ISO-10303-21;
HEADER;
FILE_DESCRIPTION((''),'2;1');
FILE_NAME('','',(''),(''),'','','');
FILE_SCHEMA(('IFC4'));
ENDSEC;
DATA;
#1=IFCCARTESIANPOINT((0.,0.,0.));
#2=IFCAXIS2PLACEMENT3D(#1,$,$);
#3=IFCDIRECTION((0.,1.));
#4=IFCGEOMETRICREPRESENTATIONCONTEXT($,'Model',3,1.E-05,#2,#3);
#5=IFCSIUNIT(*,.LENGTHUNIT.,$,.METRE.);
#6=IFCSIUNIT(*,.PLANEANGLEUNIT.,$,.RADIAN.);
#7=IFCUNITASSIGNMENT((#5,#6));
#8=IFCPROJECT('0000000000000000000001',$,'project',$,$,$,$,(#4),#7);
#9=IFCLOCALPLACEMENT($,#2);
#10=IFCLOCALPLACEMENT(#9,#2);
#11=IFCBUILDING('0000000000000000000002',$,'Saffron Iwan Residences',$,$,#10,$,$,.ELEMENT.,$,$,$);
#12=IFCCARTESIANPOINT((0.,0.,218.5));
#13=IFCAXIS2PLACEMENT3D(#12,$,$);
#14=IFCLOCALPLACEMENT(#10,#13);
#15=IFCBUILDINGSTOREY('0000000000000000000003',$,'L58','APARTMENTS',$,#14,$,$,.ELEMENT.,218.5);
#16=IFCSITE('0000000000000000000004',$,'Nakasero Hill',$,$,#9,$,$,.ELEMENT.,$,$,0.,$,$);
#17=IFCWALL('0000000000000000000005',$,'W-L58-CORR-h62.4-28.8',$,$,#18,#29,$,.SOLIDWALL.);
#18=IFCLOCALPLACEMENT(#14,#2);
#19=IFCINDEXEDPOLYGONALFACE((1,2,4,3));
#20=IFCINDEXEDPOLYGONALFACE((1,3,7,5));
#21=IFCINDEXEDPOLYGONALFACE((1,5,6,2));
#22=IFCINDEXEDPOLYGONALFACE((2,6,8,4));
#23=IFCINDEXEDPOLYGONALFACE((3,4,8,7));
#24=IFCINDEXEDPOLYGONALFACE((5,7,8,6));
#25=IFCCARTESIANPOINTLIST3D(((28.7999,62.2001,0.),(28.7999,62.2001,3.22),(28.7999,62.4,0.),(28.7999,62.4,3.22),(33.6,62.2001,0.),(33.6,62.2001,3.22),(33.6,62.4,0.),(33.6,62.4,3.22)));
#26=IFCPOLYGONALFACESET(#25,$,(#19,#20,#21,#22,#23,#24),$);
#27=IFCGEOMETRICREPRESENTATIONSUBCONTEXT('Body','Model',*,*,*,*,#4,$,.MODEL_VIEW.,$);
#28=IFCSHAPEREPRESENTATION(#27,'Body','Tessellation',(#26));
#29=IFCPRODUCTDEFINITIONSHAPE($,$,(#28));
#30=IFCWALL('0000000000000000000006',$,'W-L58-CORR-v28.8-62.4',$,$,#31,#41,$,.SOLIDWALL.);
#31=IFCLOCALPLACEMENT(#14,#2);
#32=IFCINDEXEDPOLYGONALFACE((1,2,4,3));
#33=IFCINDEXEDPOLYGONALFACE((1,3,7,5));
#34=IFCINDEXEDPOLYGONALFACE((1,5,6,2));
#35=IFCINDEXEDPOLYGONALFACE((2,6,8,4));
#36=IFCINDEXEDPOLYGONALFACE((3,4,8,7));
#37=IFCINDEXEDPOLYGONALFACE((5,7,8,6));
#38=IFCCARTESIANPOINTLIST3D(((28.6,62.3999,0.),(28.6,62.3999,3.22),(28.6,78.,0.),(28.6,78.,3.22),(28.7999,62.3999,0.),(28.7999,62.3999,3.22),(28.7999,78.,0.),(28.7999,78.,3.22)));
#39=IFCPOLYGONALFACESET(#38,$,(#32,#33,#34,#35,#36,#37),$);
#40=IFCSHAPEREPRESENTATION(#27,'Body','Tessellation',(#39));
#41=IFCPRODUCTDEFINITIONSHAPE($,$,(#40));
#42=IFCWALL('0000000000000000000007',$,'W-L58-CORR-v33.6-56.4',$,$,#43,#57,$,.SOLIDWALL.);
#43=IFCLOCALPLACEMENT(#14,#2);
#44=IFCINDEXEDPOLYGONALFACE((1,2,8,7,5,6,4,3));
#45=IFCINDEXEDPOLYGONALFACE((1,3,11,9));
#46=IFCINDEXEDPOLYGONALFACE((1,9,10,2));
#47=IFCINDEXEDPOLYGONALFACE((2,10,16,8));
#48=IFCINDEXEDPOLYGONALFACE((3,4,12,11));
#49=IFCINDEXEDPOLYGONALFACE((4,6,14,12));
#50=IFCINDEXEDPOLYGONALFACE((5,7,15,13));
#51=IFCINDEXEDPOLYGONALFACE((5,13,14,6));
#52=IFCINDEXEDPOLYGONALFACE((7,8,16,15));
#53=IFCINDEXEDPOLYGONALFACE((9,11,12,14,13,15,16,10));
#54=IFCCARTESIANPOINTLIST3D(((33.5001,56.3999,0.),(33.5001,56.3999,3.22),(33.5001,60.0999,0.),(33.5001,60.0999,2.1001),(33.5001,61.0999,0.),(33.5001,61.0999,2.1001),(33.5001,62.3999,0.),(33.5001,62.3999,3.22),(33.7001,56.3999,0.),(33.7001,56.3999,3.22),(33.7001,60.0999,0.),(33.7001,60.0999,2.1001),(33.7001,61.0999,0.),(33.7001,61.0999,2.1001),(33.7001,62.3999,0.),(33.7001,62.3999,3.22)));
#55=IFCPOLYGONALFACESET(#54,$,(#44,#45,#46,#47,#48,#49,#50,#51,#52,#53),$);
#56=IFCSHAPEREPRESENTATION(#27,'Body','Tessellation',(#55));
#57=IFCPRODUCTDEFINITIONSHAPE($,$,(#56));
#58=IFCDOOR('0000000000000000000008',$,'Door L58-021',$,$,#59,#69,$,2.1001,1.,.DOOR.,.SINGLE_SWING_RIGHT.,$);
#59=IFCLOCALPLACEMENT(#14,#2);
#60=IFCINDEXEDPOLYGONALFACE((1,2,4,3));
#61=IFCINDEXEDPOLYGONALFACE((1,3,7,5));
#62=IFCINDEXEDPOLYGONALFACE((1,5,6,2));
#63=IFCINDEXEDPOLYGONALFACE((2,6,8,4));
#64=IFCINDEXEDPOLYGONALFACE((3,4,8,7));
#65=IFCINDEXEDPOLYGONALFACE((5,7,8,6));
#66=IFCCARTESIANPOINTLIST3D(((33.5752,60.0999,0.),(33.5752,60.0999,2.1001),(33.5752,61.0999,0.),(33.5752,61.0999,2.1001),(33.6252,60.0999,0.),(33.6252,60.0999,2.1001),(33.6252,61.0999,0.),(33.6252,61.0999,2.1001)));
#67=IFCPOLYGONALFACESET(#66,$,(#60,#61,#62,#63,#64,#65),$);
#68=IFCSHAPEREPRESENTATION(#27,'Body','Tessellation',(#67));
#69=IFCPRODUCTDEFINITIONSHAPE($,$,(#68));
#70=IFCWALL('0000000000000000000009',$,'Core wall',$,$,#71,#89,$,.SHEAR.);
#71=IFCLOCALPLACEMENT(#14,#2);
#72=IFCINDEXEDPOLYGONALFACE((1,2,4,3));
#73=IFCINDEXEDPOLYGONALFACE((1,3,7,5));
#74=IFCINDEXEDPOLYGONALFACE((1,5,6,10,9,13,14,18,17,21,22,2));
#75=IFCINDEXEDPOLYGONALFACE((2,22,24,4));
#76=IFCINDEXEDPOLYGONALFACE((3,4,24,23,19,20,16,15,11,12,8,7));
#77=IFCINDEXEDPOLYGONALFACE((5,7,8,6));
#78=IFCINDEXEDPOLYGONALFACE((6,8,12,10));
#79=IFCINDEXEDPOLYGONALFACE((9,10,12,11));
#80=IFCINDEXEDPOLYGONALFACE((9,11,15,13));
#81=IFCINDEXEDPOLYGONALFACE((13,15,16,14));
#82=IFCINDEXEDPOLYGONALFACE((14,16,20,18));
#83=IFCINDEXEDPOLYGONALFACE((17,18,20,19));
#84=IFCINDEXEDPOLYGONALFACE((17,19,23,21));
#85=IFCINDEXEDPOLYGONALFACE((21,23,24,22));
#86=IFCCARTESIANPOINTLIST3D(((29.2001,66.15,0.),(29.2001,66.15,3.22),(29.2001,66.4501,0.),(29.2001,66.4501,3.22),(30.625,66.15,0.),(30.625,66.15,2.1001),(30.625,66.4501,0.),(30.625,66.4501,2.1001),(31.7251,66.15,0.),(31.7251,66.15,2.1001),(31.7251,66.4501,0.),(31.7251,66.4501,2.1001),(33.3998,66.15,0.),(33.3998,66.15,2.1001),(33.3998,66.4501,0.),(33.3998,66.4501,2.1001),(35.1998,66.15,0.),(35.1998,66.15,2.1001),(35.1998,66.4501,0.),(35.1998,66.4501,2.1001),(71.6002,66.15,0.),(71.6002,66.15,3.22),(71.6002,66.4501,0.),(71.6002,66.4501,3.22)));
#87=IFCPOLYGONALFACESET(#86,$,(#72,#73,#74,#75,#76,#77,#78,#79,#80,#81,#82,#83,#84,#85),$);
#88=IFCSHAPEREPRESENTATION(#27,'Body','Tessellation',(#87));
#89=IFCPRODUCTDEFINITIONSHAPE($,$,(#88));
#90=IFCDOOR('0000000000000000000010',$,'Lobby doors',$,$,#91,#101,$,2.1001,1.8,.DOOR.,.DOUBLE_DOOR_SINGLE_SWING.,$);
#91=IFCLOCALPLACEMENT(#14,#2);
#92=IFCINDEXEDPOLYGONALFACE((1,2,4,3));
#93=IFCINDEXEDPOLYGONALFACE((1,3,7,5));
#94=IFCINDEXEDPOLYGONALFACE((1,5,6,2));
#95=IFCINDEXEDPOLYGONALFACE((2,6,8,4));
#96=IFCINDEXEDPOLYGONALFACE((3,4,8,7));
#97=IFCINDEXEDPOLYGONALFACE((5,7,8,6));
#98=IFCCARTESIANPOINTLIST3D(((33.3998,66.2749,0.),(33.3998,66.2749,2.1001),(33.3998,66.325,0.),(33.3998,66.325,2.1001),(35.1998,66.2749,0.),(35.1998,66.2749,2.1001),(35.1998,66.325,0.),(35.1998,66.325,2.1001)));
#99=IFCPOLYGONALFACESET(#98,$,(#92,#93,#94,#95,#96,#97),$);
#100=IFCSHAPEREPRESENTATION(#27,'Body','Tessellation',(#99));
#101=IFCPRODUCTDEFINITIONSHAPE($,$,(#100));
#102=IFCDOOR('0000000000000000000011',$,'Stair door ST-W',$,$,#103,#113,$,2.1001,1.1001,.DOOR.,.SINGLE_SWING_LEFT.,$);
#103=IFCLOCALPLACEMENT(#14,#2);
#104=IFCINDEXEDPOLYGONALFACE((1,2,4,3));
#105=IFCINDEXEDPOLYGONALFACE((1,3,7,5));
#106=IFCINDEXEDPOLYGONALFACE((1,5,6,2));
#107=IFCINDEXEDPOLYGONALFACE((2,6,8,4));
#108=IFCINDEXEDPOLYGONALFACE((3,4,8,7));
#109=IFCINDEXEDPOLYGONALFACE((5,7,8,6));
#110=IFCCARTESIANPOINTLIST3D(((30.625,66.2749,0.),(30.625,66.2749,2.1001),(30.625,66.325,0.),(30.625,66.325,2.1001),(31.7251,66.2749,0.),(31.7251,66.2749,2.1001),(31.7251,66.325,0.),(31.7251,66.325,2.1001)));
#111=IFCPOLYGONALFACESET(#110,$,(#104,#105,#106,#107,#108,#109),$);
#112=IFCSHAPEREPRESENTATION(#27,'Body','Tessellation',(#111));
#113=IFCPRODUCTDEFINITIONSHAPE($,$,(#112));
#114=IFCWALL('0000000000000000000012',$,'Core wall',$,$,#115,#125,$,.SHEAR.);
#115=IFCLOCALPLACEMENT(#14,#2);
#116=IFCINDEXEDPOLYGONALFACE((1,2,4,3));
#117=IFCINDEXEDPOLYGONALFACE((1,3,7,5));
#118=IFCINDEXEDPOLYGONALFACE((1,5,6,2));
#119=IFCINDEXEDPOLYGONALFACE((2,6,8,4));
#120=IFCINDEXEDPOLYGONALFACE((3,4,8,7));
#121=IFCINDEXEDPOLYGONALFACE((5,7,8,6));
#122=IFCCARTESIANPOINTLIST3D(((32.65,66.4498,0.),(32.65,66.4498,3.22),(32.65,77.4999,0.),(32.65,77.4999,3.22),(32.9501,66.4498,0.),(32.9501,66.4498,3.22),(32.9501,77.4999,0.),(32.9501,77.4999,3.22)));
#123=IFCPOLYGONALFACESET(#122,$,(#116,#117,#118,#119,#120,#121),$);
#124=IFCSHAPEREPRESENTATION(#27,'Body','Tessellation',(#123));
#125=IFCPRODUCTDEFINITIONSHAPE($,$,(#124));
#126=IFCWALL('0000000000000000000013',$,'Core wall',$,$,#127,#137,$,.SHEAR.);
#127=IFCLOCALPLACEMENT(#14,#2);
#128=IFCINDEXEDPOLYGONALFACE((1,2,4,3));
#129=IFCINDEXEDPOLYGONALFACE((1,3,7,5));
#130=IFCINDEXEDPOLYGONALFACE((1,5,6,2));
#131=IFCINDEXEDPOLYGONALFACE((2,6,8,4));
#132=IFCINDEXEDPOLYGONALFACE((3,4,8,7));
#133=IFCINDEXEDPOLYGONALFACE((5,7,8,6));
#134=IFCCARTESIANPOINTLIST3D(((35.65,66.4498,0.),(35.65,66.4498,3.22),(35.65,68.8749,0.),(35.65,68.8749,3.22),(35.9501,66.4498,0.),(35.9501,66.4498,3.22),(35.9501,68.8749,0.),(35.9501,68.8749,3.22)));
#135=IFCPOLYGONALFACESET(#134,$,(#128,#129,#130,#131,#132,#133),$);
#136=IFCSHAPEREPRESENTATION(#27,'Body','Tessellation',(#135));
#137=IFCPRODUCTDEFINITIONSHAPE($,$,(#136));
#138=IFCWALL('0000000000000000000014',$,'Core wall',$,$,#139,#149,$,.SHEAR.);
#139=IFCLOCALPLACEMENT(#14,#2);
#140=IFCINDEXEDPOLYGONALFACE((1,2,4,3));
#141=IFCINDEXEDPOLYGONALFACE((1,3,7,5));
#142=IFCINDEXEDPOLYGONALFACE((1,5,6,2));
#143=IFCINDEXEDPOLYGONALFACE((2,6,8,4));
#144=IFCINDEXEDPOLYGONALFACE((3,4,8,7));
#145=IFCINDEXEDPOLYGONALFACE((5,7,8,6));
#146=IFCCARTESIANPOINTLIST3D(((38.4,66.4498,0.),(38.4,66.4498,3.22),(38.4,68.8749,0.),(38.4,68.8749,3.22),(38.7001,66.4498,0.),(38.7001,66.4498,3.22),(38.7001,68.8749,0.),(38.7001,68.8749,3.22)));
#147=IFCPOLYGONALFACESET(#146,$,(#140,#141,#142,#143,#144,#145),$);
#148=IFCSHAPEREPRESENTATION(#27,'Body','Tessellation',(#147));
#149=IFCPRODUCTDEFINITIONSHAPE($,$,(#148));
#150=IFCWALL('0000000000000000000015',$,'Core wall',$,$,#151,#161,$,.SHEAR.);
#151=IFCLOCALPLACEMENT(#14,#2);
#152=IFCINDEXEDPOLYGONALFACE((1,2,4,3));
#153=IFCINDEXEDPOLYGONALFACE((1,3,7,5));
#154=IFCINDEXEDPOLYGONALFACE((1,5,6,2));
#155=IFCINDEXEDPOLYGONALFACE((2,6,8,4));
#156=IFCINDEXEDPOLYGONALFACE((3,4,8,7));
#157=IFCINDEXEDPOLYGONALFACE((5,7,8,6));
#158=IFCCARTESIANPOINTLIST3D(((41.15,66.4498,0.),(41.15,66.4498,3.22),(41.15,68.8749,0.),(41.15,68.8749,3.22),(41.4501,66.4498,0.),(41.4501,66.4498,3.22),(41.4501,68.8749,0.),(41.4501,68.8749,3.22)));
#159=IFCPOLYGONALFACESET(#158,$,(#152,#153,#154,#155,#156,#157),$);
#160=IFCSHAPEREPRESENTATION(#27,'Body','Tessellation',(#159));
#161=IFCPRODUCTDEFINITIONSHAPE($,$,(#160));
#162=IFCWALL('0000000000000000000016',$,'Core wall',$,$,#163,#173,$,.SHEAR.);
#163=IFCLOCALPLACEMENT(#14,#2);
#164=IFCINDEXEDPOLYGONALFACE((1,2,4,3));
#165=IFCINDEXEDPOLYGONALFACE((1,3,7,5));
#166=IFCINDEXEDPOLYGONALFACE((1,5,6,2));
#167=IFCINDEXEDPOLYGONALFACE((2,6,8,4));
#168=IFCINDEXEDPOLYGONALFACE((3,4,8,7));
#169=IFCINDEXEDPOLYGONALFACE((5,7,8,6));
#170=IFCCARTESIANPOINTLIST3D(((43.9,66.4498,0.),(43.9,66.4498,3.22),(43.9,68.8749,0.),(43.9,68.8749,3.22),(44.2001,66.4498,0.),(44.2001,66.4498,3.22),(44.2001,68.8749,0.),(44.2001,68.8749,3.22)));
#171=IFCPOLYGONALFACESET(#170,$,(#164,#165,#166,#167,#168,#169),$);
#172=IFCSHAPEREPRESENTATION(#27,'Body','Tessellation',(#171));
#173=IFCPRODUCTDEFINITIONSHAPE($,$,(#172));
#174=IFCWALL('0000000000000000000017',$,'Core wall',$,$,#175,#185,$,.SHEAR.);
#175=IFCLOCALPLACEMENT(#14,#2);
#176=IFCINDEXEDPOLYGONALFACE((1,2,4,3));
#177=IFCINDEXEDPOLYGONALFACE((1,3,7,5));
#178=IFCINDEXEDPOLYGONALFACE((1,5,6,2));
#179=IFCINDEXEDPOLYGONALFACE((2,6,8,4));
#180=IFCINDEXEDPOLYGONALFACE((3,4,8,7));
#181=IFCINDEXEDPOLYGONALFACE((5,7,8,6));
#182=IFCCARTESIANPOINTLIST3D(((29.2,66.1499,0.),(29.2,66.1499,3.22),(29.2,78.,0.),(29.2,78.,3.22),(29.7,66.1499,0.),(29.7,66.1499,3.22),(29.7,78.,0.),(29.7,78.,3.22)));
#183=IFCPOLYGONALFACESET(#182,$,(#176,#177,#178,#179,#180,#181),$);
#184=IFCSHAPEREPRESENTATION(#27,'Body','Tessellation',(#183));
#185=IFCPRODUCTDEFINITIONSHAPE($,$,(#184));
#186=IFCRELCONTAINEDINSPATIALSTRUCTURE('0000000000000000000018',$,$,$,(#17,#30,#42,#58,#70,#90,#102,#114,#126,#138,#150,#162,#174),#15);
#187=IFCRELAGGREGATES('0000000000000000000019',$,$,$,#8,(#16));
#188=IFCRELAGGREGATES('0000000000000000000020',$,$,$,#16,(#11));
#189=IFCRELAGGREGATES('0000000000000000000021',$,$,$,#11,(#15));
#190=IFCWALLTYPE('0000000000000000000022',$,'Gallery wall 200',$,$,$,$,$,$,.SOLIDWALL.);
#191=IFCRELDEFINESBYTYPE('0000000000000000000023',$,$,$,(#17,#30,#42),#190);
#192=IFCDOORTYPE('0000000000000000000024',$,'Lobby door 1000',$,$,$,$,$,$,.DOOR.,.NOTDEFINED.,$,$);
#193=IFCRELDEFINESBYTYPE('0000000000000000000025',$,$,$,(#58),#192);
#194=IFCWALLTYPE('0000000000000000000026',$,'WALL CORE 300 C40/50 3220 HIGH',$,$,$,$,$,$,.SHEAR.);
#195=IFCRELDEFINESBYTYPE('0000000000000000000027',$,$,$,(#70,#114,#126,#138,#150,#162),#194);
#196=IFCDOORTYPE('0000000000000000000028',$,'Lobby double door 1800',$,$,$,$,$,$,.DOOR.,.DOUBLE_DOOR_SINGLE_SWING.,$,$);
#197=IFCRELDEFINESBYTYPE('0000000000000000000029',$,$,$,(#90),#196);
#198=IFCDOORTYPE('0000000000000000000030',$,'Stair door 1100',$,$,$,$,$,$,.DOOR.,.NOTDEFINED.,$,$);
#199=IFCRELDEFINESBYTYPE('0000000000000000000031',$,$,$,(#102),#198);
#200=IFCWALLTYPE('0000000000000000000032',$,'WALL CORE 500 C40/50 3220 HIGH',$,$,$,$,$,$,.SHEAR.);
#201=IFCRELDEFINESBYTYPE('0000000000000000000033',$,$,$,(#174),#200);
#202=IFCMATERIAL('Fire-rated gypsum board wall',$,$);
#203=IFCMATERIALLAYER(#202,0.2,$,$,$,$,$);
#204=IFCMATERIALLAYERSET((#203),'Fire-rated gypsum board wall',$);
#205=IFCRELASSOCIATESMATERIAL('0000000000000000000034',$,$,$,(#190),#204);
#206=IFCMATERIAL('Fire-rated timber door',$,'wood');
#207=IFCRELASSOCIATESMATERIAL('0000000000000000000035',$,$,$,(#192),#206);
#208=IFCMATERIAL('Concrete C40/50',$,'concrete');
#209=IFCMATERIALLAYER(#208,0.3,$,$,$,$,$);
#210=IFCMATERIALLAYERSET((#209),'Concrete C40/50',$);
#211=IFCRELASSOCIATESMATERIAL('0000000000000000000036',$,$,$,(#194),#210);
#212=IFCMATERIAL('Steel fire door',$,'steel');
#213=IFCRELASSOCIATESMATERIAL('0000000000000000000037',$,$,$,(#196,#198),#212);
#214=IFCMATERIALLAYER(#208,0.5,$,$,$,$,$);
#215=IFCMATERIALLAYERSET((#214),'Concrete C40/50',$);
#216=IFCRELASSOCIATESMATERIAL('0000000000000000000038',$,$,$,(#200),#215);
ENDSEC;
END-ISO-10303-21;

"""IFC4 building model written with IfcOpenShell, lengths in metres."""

from ifc_helpers import new_model, si_unit, direction, frame, frame_2d, origin, place, context, subcontext, project, spatial, rectangle, extrude, material, layer, layer_set, type_object, element, fill, save


model = new_model("IFC4")

# Units and contexts
model_context = context("Model", 3, precision=1e-05, world=origin(), true_north=direction((0.0, 1.0)))
body_context = subcontext(model_context, "Body", "Model", "MODEL_VIEW")
ifc_project = project(units=[si_unit("LENGTHUNIT", "METRE"), si_unit("PLANEANGLEUNIT", "RADIAN")], contexts=[model_context])

# Site, building, storey
site_placement = place(None, origin())
site = spatial("IfcSite", under=ifc_project, at=site_placement, Name="Nakasero Hill", CompositionType="ELEMENT", RefElevation=0.0)
building_placement = place(site_placement, origin())
building = spatial("IfcBuilding", under=site, at=building_placement, Name="Saffron Iwan Residences", CompositionType="ELEMENT")
storey_placement = place(building_placement, frame((0.0, 0.0, 218.5)))
storey = spatial("IfcBuildingStorey", under=building, at=storey_placement, Name="L58", Description="APARTMENTS", CompositionType="ELEMENT", Elevation=218.5)

# Shared definitions
ifc_material_1 = material(Name="Concrete C40/50", Category="concrete")

# Shared definitions
ifc_material_2 = material(Name="Steel fire door", Category="steel")

# Walls
ifc_material_3 = material(Name="Fire-rated gypsum board wall")
ifc_layer_1 = layer(ifc_material_3, 0.2)
ifc_layer_set_1 = layer_set([ifc_layer_1], Name="Fire-rated gypsum board wall")
wall_type_1 = type_object("IfcWallType", Name="Gallery wall 200", PredefinedType="SOLIDWALL", material=ifc_layer_set_1)
wall_1_placement = place(storey_placement, frame((28.8, 62.3, 0.0), z_axis=(0.0, 0.0, 1.0), x_axis=(1.0, 0.0, 0.0)))
element("IfcWall", 1, at=wall_1_placement, inside=storey, type_object=wall_type_1, Name="W-L58-CORR-h62.4-28.8", PredefinedType="SOLIDWALL", context=body_context, shape_type="SweptSolid", body=[
    extrude(rectangle(XDim=4.8, YDim=0.2, at=frame_2d((2.3999, 0.0))), origin(), (0.0, 0.0, 1.0), 3.22),
])
wall_2_placement = place(storey_placement, frame((28.7, 62.3999, 0.0), z_axis=(0.0, 0.0, 1.0), x_axis=(0.0, 1.0, 0.0)))
element("IfcWall", 2, at=wall_2_placement, inside=storey, type_object=wall_type_1, Name="W-L58-CORR-v28.8-62.4", PredefinedType="SOLIDWALL", context=body_context, shape_type="SweptSolid", body=[
    extrude(rectangle(XDim=15.6001, YDim=0.2, at=frame_2d((7.8, 0.0))), origin(), (0.0, 0.0, 1.0), 3.22),
])

# Wall, opening, door
wall_3_placement = place(storey_placement, frame((33.6001, 56.3999, 0.0), z_axis=(0.0, 0.0, 1.0), x_axis=(0.0, 1.0, 0.0)))
wall_3 = element("IfcWall", 3, at=wall_3_placement, inside=storey, type_object=wall_type_1, Name="W-L58-CORR-v33.6-56.4", PredefinedType="SOLIDWALL", context=body_context, shape_type="SweptSolid", body=[
    extrude(rectangle(XDim=6.0, YDim=0.2, at=frame_2d((3.0, 0.0))), origin(), (0.0, 0.0, 1.0), 3.22),
])
opening_1_placement = place(wall_3_placement, frame((3.7, 0.0, 0.0)))
opening_1 = element("IfcOpeningElement", 4, at=opening_1_placement, cuts=wall_3, PredefinedType="OPENING", context=body_context, shape_type="SweptSolid", body=[
    extrude(rectangle(XDim=1.0, YDim=2.1001, at=frame_2d((0.5, 1.05))), frame((0.0, 0.1099, 0.0), z_axis=(0.0, -1.0, 0.0), x_axis=(1.0, 0.0, 0.0)), (0.0, 0.0, 1.0), 0.22),
])
ifc_material_4 = material(Name="Fire-rated timber door", Category="wood")
door_type_1 = type_object("IfcDoorType", Name="Lobby door 1000", OperationType="NOTDEFINED", PredefinedType="DOOR", material=ifc_material_4)
door_1_placement = place(opening_1_placement, origin())
door_1 = element("IfcDoor", 5, at=door_1_placement, inside=storey, type_object=door_type_1, Name="Door L58-021", OperationType="SINGLE_SWING_RIGHT", OverallHeight=2.1001, OverallWidth=1.0, PredefinedType="DOOR", context=body_context, shape_type="SweptSolid", body=[
    extrude(rectangle(XDim=1.0, YDim=2.1001, at=frame_2d((0.5, 1.05))), frame((0.0, 0.0249, 0.0), z_axis=(0.0, -1.0, 0.0), x_axis=(1.0, 0.0, 0.0)), (0.0, 0.0, 1.0), 0.05),
])
fill(opening_1, door_1)

# Wall, openings, doors
ifc_layer_2 = layer(ifc_material_1, 0.3)
ifc_layer_set_2 = layer_set([ifc_layer_2], Name="Concrete C40/50")
wall_type_2 = type_object("IfcWallType", Name="WALL CORE 300 C40/50 3220 HIGH", PredefinedType="SHEAR", material=ifc_layer_set_2)
wall_4_placement = place(storey_placement, frame((29.2, 66.3, 0.0), z_axis=(0.0, 0.0, 1.0), x_axis=(1.0, 0.0, 0.0)))
wall_4 = element("IfcWall", 6, at=wall_4_placement, inside=storey, type_object=wall_type_2, Name="Core wall", PredefinedType="SHEAR", context=body_context, shape_type="SweptSolid", body=[
    extrude(rectangle(XDim=42.4001, YDim=0.3, at=frame_2d((21.2002, 0.0))), origin(), (0.0, 0.0, 1.0), 3.22),
])
opening_2_placement = place(wall_4_placement, frame((1.425, 0.0, 0.0)))
opening_2 = element("IfcOpeningElement", 7, at=opening_2_placement, cuts=wall_4, PredefinedType="OPENING", context=body_context, shape_type="SweptSolid", body=[
    extrude(rectangle(XDim=1.1001, YDim=2.1001, at=frame_2d((0.55, 1.05))), frame((0.0, 0.1602, 0.0), z_axis=(0.0, -1.0, 0.0), x_axis=(1.0, 0.0, 0.0)), (0.0, 0.0, 1.0), 0.3201),
])
opening_3_placement = place(wall_4_placement, frame((4.2, 0.0, 0.0)))
opening_3 = element("IfcOpeningElement", 8, at=opening_3_placement, cuts=wall_4, PredefinedType="OPENING", context=body_context, shape_type="SweptSolid", body=[
    extrude(rectangle(XDim=1.8, YDim=2.1001, at=frame_2d((0.8999, 1.05))), frame((0.0, 0.1602, 0.0), z_axis=(0.0, -1.0, 0.0), x_axis=(1.0, 0.0, 0.0)), (0.0, 0.0, 1.0), 0.3201),
])
door_type_2 = type_object("IfcDoorType", Name="Lobby double door 1800", OperationType="DOUBLE_DOOR_SINGLE_SWING", PredefinedType="DOOR", material=ifc_material_2)
door_2_placement = place(opening_3_placement, origin())
door_2 = element("IfcDoor", 9, at=door_2_placement, inside=storey, type_object=door_type_2, Name="Lobby doors", OperationType="DOUBLE_DOOR_SINGLE_SWING", OverallHeight=2.1001, OverallWidth=1.8, PredefinedType="DOOR", context=body_context, shape_type="SweptSolid", body=[
    extrude(rectangle(XDim=1.8, YDim=2.1001, at=frame_2d((0.8999, 1.05))), frame((0.0, 0.0249, 0.0), z_axis=(0.0, -1.0, 0.0), x_axis=(1.0, 0.0, 0.0)), (0.0, 0.0, 1.0), 0.05),
])
fill(opening_3, door_2)
door_type_3 = type_object("IfcDoorType", Name="Stair door 1100", OperationType="NOTDEFINED", PredefinedType="DOOR", material=ifc_material_2)
door_3_placement = place(opening_2_placement, origin())
door_3 = element("IfcDoor", 10, at=door_3_placement, inside=storey, type_object=door_type_3, Name="Stair door ST-W", OperationType="SINGLE_SWING_LEFT", OverallHeight=2.1001, OverallWidth=1.1001, PredefinedType="DOOR", context=body_context, shape_type="SweptSolid", body=[
    extrude(rectangle(XDim=1.1001, YDim=2.1001, at=frame_2d((0.55, 1.05))), frame((0.0, 0.0249, 0.0), z_axis=(0.0, -1.0, 0.0), x_axis=(1.0, 0.0, 0.0)), (0.0, 0.0, 1.0), 0.05),
])
fill(opening_2, door_3)

# Walls
wall_5_placement = place(storey_placement, frame((32.8, 66.45, 0.0), z_axis=(0.0, 0.0, 1.0), x_axis=(0.0, 1.0, 0.0)))
element("IfcWall", 11, at=wall_5_placement, inside=storey, type_object=wall_type_2, Name="Core wall", PredefinedType="SHEAR", context=body_context, shape_type="SweptSolid", body=[
    extrude(rectangle(XDim=11.05, YDim=0.3, at=frame_2d((5.5249, 0.0))), origin(), (0.0, 0.0, 1.0), 3.22),
])
for number, where, z_axis, x_axis, name in (
    (12, (35.8, 66.45, 0.0), (0.0, 0.0, 1.0), (0.0, 1.0, 0.0), "Core wall"),
    (13, (38.55, 66.45, 0.0), (0.0, 0.0, 1.0), (0.0, 1.0, 0.0), "Core wall"),
    (14, (41.3, 66.45, 0.0), (0.0, 0.0, 1.0), (0.0, 1.0, 0.0), "Core wall"),
    (15, (44.05, 66.45, 0.0), (0.0, 0.0, 1.0), (0.0, 1.0, 0.0), "Core wall"),
):
    element("IfcWall", number, at=place(storey_placement, frame(where, z_axis=z_axis, x_axis=x_axis)), inside=storey, type_object=wall_type_2, Name=name, PredefinedType="SHEAR", context=body_context, shape_type="SweptSolid", body=[
        extrude(rectangle(XDim=2.425, YDim=0.3, at=frame_2d((1.2124, 0.0))), origin(), (0.0, 0.0, 1.0), 3.22),
    ])
ifc_layer_3 = layer(ifc_material_1, 0.5)
ifc_layer_set_3 = layer_set([ifc_layer_3], Name="Concrete C40/50")
wall_type_3 = type_object("IfcWallType", Name="WALL CORE 500 C40/50 3220 HIGH", PredefinedType="SHEAR", material=ifc_layer_set_3)
wall_6_placement = place(storey_placement, frame((29.45, 66.1499, 0.0), z_axis=(0.0, 0.0, 1.0), x_axis=(0.0, 1.0, 0.0)))
element("IfcWall", 16, at=wall_6_placement, inside=storey, type_object=wall_type_3, Name="Core wall", PredefinedType="SHEAR", context=body_context, shape_type="SweptSolid", body=[
    extrude(rectangle(XDim=11.8501, YDim=0.5, at=frame_2d((5.925, 0.0))), origin(), (0.0, 0.0, 1.0), 3.22),
])

save(model, "model.ifc")
